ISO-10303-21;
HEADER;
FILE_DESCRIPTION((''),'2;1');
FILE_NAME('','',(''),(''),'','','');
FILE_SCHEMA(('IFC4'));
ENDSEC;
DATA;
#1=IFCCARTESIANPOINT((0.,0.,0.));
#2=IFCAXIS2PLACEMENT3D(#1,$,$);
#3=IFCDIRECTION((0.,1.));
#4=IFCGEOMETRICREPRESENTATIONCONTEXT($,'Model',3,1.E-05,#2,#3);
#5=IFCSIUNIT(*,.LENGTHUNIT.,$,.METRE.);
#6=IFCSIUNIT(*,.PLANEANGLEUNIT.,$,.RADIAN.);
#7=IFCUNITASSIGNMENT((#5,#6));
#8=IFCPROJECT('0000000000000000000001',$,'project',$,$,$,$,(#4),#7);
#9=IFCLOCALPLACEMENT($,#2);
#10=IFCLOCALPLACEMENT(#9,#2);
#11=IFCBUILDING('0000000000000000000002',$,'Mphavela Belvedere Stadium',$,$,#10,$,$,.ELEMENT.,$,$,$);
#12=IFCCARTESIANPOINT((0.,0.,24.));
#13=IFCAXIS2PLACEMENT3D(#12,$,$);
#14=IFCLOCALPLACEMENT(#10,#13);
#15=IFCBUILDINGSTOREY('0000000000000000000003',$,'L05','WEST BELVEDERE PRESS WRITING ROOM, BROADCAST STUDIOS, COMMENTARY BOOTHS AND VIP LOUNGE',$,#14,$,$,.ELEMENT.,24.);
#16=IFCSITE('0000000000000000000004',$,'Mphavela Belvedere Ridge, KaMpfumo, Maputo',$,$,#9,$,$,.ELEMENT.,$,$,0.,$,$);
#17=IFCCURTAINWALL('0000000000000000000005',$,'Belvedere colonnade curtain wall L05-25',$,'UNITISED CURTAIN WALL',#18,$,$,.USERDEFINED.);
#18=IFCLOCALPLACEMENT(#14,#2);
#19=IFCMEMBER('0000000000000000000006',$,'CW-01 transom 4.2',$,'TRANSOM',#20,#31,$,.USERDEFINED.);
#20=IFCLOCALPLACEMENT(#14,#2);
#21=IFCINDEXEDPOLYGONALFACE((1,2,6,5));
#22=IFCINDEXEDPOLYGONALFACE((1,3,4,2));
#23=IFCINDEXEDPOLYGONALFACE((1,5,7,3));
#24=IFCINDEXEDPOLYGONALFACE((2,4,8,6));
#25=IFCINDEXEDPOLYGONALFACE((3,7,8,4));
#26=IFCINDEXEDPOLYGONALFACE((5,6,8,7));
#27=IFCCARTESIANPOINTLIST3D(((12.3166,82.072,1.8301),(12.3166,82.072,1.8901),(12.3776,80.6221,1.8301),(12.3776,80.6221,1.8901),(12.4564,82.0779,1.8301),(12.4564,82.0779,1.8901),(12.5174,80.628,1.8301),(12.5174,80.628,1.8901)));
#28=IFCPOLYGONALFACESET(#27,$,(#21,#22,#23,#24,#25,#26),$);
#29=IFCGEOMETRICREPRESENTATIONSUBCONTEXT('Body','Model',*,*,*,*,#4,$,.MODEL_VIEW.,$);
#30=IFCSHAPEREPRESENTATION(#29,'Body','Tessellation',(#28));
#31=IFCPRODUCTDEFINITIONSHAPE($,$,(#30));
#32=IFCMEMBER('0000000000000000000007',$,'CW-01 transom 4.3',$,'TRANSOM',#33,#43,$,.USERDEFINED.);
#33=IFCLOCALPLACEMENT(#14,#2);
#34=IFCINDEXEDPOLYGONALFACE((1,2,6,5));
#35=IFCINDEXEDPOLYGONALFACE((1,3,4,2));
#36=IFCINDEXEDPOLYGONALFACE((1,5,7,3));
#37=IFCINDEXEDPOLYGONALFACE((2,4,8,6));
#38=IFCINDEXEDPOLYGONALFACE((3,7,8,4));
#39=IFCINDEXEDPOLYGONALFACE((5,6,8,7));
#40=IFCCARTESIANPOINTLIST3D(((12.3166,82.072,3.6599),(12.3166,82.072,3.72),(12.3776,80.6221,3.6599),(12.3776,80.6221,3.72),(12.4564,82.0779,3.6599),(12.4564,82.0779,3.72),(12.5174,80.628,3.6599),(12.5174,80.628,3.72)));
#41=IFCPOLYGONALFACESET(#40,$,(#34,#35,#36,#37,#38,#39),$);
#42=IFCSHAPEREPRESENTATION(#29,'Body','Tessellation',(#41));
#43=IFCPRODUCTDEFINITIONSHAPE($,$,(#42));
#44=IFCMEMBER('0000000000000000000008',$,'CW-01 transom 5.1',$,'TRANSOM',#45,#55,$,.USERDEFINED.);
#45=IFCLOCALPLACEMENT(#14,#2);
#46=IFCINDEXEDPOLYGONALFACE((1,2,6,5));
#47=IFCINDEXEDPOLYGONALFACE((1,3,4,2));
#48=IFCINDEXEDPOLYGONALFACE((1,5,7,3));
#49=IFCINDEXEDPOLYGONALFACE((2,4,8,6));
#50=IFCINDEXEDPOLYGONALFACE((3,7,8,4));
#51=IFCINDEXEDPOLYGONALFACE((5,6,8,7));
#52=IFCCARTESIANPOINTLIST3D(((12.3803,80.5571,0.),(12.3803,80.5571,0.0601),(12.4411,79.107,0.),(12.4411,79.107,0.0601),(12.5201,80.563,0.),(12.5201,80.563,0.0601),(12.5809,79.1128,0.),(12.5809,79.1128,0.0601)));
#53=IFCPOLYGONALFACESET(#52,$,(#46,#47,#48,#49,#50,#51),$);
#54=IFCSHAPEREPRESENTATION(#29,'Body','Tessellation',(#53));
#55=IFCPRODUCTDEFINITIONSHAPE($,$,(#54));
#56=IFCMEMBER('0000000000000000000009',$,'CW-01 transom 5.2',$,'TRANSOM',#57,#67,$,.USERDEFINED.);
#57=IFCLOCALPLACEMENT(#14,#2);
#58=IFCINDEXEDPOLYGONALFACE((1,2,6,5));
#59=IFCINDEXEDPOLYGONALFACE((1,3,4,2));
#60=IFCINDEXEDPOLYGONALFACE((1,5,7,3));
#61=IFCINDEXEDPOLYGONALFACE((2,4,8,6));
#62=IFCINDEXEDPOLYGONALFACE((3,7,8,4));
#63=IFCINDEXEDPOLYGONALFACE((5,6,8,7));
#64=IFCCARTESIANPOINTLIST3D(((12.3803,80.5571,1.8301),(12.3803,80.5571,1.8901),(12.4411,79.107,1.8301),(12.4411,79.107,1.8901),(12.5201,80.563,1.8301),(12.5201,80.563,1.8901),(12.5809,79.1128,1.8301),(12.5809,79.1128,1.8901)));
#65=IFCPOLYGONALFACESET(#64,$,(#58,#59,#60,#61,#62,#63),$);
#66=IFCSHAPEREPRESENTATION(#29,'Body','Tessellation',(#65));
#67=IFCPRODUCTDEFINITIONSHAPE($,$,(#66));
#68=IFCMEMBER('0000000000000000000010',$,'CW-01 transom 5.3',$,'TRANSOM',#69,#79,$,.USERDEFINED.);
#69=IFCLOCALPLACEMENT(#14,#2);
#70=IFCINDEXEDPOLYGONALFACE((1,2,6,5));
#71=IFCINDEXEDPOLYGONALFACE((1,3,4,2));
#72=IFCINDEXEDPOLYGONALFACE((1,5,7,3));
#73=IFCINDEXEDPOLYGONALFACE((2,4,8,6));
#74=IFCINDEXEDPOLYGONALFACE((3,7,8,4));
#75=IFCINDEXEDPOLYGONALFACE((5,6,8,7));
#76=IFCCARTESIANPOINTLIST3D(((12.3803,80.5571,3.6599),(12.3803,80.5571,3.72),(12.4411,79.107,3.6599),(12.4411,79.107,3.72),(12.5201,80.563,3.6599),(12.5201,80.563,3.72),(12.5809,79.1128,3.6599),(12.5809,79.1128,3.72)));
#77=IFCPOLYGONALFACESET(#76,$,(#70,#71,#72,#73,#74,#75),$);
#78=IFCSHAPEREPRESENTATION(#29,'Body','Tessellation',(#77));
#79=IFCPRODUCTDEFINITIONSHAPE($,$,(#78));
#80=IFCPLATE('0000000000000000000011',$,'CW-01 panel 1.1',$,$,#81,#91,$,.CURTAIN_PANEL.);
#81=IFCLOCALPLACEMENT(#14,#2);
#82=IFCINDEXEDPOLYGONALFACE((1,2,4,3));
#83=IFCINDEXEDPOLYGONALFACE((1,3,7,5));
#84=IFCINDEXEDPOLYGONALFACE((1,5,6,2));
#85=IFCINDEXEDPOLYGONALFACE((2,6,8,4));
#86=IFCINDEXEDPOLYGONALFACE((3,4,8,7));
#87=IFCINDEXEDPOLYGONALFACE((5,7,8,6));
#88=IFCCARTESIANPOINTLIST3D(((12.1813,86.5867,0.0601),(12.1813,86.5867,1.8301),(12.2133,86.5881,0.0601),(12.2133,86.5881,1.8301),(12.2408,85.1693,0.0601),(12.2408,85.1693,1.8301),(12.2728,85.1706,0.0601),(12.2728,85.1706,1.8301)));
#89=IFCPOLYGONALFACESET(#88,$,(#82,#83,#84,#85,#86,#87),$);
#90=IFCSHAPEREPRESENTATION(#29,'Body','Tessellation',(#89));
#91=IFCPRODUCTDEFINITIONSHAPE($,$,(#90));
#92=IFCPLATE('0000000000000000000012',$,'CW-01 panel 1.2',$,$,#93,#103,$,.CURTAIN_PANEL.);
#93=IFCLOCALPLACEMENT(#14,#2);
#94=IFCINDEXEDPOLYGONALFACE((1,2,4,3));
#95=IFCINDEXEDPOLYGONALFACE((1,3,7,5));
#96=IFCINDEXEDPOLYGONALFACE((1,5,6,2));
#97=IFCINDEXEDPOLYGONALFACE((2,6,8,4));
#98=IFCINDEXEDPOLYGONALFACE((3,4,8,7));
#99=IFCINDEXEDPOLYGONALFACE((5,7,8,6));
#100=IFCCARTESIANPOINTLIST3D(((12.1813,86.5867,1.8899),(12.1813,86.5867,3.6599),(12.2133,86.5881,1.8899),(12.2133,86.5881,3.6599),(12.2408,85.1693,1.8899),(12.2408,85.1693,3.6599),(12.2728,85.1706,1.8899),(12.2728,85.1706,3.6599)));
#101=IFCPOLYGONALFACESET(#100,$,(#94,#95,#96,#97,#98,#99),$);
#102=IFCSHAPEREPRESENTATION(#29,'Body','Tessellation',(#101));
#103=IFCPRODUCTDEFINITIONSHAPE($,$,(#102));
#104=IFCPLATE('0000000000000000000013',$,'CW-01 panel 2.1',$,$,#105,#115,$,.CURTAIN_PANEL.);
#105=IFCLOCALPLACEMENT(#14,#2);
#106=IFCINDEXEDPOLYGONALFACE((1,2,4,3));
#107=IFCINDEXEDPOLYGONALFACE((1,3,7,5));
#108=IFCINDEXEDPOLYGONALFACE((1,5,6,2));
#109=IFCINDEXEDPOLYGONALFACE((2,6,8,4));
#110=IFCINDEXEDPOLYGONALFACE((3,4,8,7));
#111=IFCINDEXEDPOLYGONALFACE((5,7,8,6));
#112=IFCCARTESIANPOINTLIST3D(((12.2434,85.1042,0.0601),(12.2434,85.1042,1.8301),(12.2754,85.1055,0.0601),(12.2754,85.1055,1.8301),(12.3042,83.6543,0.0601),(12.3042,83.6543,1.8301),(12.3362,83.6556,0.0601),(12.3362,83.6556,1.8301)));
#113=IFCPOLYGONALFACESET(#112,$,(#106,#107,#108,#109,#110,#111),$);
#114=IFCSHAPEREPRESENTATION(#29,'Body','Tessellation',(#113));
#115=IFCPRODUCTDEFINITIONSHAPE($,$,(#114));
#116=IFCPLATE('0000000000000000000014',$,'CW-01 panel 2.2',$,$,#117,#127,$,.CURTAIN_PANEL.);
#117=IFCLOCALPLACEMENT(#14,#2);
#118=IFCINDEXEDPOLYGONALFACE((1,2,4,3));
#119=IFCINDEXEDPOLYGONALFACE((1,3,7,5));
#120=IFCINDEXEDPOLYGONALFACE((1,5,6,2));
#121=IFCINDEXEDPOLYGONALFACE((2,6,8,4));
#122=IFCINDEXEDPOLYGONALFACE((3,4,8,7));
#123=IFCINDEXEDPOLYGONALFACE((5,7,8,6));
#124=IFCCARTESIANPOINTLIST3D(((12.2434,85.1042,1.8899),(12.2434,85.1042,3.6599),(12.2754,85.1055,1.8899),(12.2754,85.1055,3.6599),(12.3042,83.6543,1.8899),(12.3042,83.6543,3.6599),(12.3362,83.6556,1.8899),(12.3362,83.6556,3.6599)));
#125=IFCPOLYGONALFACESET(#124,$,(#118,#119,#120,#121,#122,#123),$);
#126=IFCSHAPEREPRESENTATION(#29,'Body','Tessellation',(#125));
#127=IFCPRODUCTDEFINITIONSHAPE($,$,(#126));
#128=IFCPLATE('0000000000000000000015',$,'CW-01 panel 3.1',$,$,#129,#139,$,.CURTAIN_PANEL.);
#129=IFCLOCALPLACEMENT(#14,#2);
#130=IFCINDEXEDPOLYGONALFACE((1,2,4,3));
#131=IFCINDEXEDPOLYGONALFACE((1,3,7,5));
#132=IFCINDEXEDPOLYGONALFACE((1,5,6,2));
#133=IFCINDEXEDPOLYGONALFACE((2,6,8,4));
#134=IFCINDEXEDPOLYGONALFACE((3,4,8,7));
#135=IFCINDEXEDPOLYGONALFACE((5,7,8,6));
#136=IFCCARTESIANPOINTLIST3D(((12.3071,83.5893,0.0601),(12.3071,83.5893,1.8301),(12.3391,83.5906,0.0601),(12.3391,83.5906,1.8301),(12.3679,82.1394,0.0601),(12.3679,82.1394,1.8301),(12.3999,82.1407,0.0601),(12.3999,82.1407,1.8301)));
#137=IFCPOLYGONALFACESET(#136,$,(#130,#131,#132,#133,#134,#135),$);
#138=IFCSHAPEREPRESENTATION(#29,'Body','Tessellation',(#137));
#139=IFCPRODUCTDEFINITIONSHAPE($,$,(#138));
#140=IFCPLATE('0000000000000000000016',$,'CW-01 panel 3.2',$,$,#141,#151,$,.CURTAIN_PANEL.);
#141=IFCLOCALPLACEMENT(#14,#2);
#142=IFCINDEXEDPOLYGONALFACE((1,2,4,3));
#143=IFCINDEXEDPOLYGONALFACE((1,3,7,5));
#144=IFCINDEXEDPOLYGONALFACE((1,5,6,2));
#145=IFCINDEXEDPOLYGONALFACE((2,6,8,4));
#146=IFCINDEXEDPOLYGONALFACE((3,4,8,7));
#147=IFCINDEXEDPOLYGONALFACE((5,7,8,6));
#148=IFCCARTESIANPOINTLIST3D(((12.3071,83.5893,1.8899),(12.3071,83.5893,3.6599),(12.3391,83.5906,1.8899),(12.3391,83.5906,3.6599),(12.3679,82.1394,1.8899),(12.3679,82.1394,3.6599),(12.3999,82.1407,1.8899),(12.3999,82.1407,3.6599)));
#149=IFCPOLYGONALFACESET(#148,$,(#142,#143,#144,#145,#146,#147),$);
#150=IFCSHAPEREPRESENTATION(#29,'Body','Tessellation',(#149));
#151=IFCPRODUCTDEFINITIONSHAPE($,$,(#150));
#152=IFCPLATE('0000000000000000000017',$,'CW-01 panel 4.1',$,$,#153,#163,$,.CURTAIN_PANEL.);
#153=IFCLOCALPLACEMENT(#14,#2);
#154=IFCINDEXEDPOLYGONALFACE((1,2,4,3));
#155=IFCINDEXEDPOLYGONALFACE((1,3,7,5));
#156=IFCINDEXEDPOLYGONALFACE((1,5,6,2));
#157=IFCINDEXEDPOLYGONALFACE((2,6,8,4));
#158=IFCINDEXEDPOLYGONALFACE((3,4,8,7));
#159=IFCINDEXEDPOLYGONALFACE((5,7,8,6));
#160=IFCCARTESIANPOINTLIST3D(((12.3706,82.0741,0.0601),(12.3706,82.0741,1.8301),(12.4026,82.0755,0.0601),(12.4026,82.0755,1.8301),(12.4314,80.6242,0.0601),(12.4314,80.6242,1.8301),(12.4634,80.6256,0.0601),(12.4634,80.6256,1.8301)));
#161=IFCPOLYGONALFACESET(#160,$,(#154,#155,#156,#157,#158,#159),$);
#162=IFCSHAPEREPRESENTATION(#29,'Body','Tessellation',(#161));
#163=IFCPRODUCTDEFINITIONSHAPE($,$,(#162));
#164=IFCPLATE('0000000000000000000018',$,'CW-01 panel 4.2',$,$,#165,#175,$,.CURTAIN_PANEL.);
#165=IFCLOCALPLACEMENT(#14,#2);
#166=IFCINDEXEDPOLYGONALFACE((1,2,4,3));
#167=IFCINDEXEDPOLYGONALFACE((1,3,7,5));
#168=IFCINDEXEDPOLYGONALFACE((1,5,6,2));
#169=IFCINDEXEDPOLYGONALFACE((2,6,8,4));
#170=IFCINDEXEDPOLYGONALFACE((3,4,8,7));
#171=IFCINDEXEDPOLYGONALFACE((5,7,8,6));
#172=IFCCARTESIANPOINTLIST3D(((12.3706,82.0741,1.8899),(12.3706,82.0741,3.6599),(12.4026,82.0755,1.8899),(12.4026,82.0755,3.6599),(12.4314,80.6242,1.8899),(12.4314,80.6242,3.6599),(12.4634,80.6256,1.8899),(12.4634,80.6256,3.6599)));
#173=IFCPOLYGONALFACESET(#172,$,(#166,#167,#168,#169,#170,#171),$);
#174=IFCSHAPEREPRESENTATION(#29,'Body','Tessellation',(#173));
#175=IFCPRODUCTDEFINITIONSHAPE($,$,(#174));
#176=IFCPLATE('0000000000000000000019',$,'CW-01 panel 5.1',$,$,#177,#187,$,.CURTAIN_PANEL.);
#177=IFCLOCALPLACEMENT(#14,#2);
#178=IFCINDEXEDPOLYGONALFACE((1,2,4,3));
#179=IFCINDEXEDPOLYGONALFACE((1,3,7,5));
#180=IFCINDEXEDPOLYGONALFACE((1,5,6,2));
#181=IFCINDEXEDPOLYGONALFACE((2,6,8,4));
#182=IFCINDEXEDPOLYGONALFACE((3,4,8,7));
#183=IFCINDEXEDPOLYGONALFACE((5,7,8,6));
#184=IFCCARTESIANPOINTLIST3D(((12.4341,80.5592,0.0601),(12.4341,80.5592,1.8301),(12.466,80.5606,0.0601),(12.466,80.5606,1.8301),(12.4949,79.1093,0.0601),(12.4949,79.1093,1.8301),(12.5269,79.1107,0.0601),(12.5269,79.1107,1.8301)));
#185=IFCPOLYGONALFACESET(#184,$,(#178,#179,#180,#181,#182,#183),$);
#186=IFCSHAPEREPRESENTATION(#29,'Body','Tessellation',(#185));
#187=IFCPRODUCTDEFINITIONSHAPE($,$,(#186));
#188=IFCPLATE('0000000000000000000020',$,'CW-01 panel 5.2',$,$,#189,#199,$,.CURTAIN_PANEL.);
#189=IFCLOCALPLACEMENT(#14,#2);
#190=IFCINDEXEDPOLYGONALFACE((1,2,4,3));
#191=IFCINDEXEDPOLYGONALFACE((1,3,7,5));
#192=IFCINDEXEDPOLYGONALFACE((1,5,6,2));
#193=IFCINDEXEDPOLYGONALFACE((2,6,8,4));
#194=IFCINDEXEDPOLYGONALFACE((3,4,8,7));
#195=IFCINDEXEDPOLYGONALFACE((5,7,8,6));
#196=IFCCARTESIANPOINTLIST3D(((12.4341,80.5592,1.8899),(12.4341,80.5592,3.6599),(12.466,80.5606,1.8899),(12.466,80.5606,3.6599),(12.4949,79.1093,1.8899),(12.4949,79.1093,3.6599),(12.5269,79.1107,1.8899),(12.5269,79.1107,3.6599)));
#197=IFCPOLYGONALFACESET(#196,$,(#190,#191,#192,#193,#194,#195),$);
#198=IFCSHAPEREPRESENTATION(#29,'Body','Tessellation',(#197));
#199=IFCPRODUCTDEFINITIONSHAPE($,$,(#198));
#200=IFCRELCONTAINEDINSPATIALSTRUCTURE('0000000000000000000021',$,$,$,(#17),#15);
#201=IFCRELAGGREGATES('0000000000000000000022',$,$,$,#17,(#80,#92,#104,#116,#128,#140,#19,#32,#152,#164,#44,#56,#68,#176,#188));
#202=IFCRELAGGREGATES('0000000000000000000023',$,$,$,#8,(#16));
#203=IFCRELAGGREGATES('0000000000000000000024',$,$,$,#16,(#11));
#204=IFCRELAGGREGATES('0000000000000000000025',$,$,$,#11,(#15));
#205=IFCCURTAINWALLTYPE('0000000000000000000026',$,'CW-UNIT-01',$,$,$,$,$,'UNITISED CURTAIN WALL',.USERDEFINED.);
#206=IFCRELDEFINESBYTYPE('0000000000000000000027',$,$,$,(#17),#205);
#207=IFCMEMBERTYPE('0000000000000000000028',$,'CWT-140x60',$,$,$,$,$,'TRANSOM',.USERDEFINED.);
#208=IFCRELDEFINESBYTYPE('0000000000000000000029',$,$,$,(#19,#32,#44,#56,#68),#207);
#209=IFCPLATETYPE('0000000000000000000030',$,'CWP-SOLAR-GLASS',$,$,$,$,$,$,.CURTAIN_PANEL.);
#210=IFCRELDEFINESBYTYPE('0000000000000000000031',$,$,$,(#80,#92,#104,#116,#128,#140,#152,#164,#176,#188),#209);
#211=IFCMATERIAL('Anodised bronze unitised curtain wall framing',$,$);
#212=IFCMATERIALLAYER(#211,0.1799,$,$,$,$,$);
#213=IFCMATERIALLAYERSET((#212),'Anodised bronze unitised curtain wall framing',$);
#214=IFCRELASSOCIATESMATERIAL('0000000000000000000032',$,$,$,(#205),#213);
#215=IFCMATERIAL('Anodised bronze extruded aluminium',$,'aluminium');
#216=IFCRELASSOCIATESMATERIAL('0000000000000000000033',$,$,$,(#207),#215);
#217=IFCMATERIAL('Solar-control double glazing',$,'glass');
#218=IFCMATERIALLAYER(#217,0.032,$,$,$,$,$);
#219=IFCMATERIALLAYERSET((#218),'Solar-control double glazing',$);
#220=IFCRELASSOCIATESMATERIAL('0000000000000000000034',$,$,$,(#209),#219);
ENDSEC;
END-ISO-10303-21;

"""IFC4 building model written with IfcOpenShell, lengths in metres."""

from ifc_helpers import new_model, si_unit, direction, frame, origin, origin_2d, place, context, subcontext, project, spatial, rectangle, extrude, material, layer, layer_set, material_profile, profile_set, type_object, element, aggregate, save


model = new_model("IFC4")

# Units and contexts
model_context = context("Model", 3, precision=1e-05, world=origin(), true_north=direction((0.0, 1.0)))
body_context = subcontext(model_context, "Body", "Model", "MODEL_VIEW")
ifc_project = project(units=[si_unit("LENGTHUNIT", "METRE"), si_unit("PLANEANGLEUNIT", "RADIAN")], contexts=[model_context])

# Site, building, storey
site_placement = place(None, origin())
site = spatial("IfcSite", under=ifc_project, at=site_placement, Name="Mphavela Belvedere Ridge, KaMpfumo, Maputo", CompositionType="ELEMENT", RefElevation=0.0)
building_placement = place(site_placement, origin())
building = spatial("IfcBuilding", under=site, at=building_placement, Name="Mphavela Belvedere Stadium", CompositionType="ELEMENT")
storey_placement = place(building_placement, frame((0.0, 0.0, 24.0)))
storey = spatial("IfcBuildingStorey", under=building, at=storey_placement, Name="L05", Description="WEST BELVEDERE PRESS WRITING ROOM, BROADCAST STUDIOS, COMMENTARY BOOTHS AND VIP LOUNGE", CompositionType="ELEMENT", Elevation=24.0)

# Curtain wall, members, plates
ifc_material_1 = material(Name="Anodised bronze unitised curtain wall framing")
ifc_layer_1 = layer(ifc_material_1, 0.1799)
ifc_layer_set_1 = layer_set([ifc_layer_1], Name="Anodised bronze unitised curtain wall framing")
curtain_wall_type = type_object("IfcCurtainWallType", Name="CW-UNIT-01", ElementType="UNITISED CURTAIN WALL", PredefinedType="USERDEFINED", material=ifc_layer_set_1)
curtain_wall_placement = place(storey_placement, origin())
curtain_wall = element("IfcCurtainWall", 1, at=curtain_wall_placement, inside=storey, type_object=curtain_wall_type, Name="Belvedere colonnade curtain wall L05-25", ObjectType="UNITISED CURTAIN WALL", PredefinedType="USERDEFINED")
ifc_material_2 = material(Name="Anodised bronze extruded aluminium", Category="aluminium")
ifc_material_profile_1 = material_profile(ifc_material_2, rectangle(XDim=0.1399, YDim=0.0601, at=origin_2d()), Name="CW-TRN 140x60")
ifc_profile_set_1 = profile_set([ifc_material_profile_1], Name="Anodised bronze extruded aluminium")
member_type_1 = type_object("IfcMemberType", Name="CWT-140x60", ElementType="TRANSOM", PredefinedType="USERDEFINED", material=ifc_profile_set_1)
member_1_placement = place(storey_placement, frame((12.3865, 82.075, 1.8601), z_axis=(0.042057, -0.999115, 0.0), x_axis=(0.999115, 0.042057, 0.0)))
member_1 = element("IfcMember", 2, at=member_1_placement, type_object=member_type_1, Name="CW-01 transom 4.2", ObjectType="TRANSOM", PredefinedType="USERDEFINED", context=body_context, shape_type="SweptSolid", body=[
    extrude(rectangle(XDim=0.1399, YDim=0.0601, at=origin_2d()), origin(), (0.0, 0.0, 1.0), 1.4512),
])
member_2_placement = place(storey_placement, frame((12.3865, 82.075, 3.6899), z_axis=(0.042057, -0.999115, 0.0), x_axis=(0.999115, 0.042057, 0.0)))
member_2 = element("IfcMember", 3, at=member_2_placement, type_object=member_type_1, Name="CW-01 transom 4.3", ObjectType="TRANSOM", PredefinedType="USERDEFINED", context=body_context, shape_type="SweptSolid", body=[
    extrude(rectangle(XDim=0.1399, YDim=0.0601, at=origin_2d()), origin(), (0.0, 0.0, 1.0), 1.4512),
])
member_3_placement = place(storey_placement, frame((12.4502, 80.5601, 0.03), z_axis=(0.041882, -0.999123, 0.0), x_axis=(0.999123, 0.041882, 0.0)))
member_3 = element("IfcMember", 4, at=member_3_placement, type_object=member_type_1, Name="CW-01 transom 5.1", ObjectType="TRANSOM", PredefinedType="USERDEFINED", context=body_context, shape_type="SweptSolid", body=[
    extrude(rectangle(XDim=0.1399, YDim=0.0601, at=origin_2d()), origin(), (0.0, 0.0, 1.0), 1.4514),
])
member_4_placement = place(storey_placement, frame((12.4502, 80.5601, 1.8601), z_axis=(0.041882, -0.999123, 0.0), x_axis=(0.999123, 0.041882, 0.0)))
member_4 = element("IfcMember", 5, at=member_4_placement, type_object=member_type_1, Name="CW-01 transom 5.2", ObjectType="TRANSOM", PredefinedType="USERDEFINED", context=body_context, shape_type="SweptSolid", body=[
    extrude(rectangle(XDim=0.1399, YDim=0.0601, at=origin_2d()), origin(), (0.0, 0.0, 1.0), 1.4514),
])
member_5_placement = place(storey_placement, frame((12.4502, 80.5601, 3.6899), z_axis=(0.041882, -0.999123, 0.0), x_axis=(0.999123, 0.041882, 0.0)))
member_5 = element("IfcMember", 6, at=member_5_placement, type_object=member_type_1, Name="CW-01 transom 5.3", ObjectType="TRANSOM", PredefinedType="USERDEFINED", context=body_context, shape_type="SweptSolid", body=[
    extrude(rectangle(XDim=0.1399, YDim=0.0601, at=origin_2d()), origin(), (0.0, 0.0, 1.0), 1.4514),
])
ifc_material_3 = material(Name="Solar-control double glazing", Category="glass")
ifc_layer_2 = layer(ifc_material_3, 0.032)
ifc_layer_set_2 = layer_set([ifc_layer_2], Name="Solar-control double glazing")
plate_type = type_object("IfcPlateType", Name="CWP-SOLAR-GLASS", PredefinedType="CURTAIN_PANEL", material=ifc_layer_set_2)
plate_1_placement = place(storey_placement, frame((12.2271, 85.8787, 0.0601), z_axis=(0.0, 0.0, 1.0), x_axis=(0.041905, -0.999122, 0.0)))
plate_1 = element("IfcPlate", 7, at=plate_1_placement, type_object=plate_type, Name="CW-01 panel 1.1", PredefinedType="CURTAIN_PANEL", context=body_context, shape_type="SweptSolid", body=[
    extrude(rectangle(XDim=1.4187, YDim=0.032, at=origin_2d()), origin(), (0.0, 0.0, 1.0), 1.77),
])
plate_2_placement = place(storey_placement, frame((12.2271, 85.8787, 1.8899), z_axis=(0.0, 0.0, 1.0), x_axis=(0.041905, -0.999122, 0.0)))
plate_2 = element("IfcPlate", 8, at=plate_2_placement, type_object=plate_type, Name="CW-01 panel 1.2", PredefinedType="CURTAIN_PANEL", context=body_context, shape_type="SweptSolid", body=[
    extrude(rectangle(XDim=1.4187, YDim=0.032, at=origin_2d()), origin(), (0.0, 0.0, 1.0), 1.77),
])
plate_3_placement = place(storey_placement, frame((12.2898, 84.3799, 0.0601), z_axis=(0.0, 0.0, 1.0), x_axis=(0.041905, -0.999122, 0.0)))
plate_3 = element("IfcPlate", 9, at=plate_3_placement, type_object=plate_type, Name="CW-01 panel 2.1", PredefinedType="CURTAIN_PANEL", context=body_context, shape_type="SweptSolid", body=[
    extrude(rectangle(XDim=1.4512, YDim=0.032, at=origin_2d()), origin(), (0.0, 0.0, 1.0), 1.77),
])
plate_4_placement = place(storey_placement, frame((12.2898, 84.3799, 1.8899), z_axis=(0.0, 0.0, 1.0), x_axis=(0.041905, -0.999122, 0.0)))
plate_4 = element("IfcPlate", 10, at=plate_4_placement, type_object=plate_type, Name="CW-01 panel 2.2", PredefinedType="CURTAIN_PANEL", context=body_context, shape_type="SweptSolid", body=[
    extrude(rectangle(XDim=1.4512, YDim=0.032, at=origin_2d()), origin(), (0.0, 0.0, 1.0), 1.77),
])
plate_5_placement = place(storey_placement, frame((12.3535, 82.865, 0.0601), z_axis=(0.0, 0.0, 1.0), x_axis=(0.041905, -0.999122, 0.0)))
plate_5 = element("IfcPlate", 11, at=plate_5_placement, type_object=plate_type, Name="CW-01 panel 3.1", PredefinedType="CURTAIN_PANEL", context=body_context, shape_type="SweptSolid", body=[
    extrude(rectangle(XDim=1.4512, YDim=0.032, at=origin_2d()), origin(), (0.0, 0.0, 1.0), 1.77),
])
plate_6_placement = place(storey_placement, frame((12.3535, 82.865, 1.8899), z_axis=(0.0, 0.0, 1.0), x_axis=(0.041905, -0.999122, 0.0)))
plate_6 = element("IfcPlate", 12, at=plate_6_placement, type_object=plate_type, Name="CW-01 panel 3.2", PredefinedType="CURTAIN_PANEL", context=body_context, shape_type="SweptSolid", body=[
    extrude(rectangle(XDim=1.4512, YDim=0.032, at=origin_2d()), origin(), (0.0, 0.0, 1.0), 1.77),
])
plate_7_placement = place(storey_placement, frame((12.417, 81.3499, 0.0601), z_axis=(0.0, 0.0, 1.0), x_axis=(0.041905, -0.999122, 0.0)))
plate_7 = element("IfcPlate", 13, at=plate_7_placement, type_object=plate_type, Name="CW-01 panel 4.1", PredefinedType="CURTAIN_PANEL", context=body_context, shape_type="SweptSolid", body=[
    extrude(rectangle(XDim=1.4512, YDim=0.032, at=origin_2d()), origin(), (0.0, 0.0, 1.0), 1.77),
])
plate_8_placement = place(storey_placement, frame((12.417, 81.3499, 1.8899), z_axis=(0.0, 0.0, 1.0), x_axis=(0.041905, -0.999122, 0.0)))
plate_8 = element("IfcPlate", 14, at=plate_8_placement, type_object=plate_type, Name="CW-01 panel 4.2", PredefinedType="CURTAIN_PANEL", context=body_context, shape_type="SweptSolid", body=[
    extrude(rectangle(XDim=1.4512, YDim=0.032, at=origin_2d()), origin(), (0.0, 0.0, 1.0), 1.77),
])
plate_9_placement = place(storey_placement, frame((12.4805, 79.835, 0.0601), z_axis=(0.0, 0.0, 1.0), x_axis=(0.041905, -0.999122, 0.0)))
plate_9 = element("IfcPlate", 15, at=plate_9_placement, type_object=plate_type, Name="CW-01 panel 5.1", PredefinedType="CURTAIN_PANEL", context=body_context, shape_type="SweptSolid", body=[
    extrude(rectangle(XDim=1.4512, YDim=0.032, at=origin_2d()), origin(), (0.0, 0.0, 1.0), 1.77),
])
plate_10_placement = place(storey_placement, frame((12.4805, 79.835, 1.8899), z_axis=(0.0, 0.0, 1.0), x_axis=(0.041905, -0.999122, 0.0)))
plate_10 = element("IfcPlate", 16, at=plate_10_placement, type_object=plate_type, Name="CW-01 panel 5.2", PredefinedType="CURTAIN_PANEL", context=body_context, shape_type="SweptSolid", body=[
    extrude(rectangle(XDim=1.4512, YDim=0.032, at=origin_2d()), origin(), (0.0, 0.0, 1.0), 1.77),
])
aggregate(curtain_wall, [plate_1, plate_2, plate_3, plate_4, plate_5, plate_6, member_1, member_2, plate_7, plate_8, member_3, member_4, member_5, plate_9, plate_10])

save(model, "model.ifc")
